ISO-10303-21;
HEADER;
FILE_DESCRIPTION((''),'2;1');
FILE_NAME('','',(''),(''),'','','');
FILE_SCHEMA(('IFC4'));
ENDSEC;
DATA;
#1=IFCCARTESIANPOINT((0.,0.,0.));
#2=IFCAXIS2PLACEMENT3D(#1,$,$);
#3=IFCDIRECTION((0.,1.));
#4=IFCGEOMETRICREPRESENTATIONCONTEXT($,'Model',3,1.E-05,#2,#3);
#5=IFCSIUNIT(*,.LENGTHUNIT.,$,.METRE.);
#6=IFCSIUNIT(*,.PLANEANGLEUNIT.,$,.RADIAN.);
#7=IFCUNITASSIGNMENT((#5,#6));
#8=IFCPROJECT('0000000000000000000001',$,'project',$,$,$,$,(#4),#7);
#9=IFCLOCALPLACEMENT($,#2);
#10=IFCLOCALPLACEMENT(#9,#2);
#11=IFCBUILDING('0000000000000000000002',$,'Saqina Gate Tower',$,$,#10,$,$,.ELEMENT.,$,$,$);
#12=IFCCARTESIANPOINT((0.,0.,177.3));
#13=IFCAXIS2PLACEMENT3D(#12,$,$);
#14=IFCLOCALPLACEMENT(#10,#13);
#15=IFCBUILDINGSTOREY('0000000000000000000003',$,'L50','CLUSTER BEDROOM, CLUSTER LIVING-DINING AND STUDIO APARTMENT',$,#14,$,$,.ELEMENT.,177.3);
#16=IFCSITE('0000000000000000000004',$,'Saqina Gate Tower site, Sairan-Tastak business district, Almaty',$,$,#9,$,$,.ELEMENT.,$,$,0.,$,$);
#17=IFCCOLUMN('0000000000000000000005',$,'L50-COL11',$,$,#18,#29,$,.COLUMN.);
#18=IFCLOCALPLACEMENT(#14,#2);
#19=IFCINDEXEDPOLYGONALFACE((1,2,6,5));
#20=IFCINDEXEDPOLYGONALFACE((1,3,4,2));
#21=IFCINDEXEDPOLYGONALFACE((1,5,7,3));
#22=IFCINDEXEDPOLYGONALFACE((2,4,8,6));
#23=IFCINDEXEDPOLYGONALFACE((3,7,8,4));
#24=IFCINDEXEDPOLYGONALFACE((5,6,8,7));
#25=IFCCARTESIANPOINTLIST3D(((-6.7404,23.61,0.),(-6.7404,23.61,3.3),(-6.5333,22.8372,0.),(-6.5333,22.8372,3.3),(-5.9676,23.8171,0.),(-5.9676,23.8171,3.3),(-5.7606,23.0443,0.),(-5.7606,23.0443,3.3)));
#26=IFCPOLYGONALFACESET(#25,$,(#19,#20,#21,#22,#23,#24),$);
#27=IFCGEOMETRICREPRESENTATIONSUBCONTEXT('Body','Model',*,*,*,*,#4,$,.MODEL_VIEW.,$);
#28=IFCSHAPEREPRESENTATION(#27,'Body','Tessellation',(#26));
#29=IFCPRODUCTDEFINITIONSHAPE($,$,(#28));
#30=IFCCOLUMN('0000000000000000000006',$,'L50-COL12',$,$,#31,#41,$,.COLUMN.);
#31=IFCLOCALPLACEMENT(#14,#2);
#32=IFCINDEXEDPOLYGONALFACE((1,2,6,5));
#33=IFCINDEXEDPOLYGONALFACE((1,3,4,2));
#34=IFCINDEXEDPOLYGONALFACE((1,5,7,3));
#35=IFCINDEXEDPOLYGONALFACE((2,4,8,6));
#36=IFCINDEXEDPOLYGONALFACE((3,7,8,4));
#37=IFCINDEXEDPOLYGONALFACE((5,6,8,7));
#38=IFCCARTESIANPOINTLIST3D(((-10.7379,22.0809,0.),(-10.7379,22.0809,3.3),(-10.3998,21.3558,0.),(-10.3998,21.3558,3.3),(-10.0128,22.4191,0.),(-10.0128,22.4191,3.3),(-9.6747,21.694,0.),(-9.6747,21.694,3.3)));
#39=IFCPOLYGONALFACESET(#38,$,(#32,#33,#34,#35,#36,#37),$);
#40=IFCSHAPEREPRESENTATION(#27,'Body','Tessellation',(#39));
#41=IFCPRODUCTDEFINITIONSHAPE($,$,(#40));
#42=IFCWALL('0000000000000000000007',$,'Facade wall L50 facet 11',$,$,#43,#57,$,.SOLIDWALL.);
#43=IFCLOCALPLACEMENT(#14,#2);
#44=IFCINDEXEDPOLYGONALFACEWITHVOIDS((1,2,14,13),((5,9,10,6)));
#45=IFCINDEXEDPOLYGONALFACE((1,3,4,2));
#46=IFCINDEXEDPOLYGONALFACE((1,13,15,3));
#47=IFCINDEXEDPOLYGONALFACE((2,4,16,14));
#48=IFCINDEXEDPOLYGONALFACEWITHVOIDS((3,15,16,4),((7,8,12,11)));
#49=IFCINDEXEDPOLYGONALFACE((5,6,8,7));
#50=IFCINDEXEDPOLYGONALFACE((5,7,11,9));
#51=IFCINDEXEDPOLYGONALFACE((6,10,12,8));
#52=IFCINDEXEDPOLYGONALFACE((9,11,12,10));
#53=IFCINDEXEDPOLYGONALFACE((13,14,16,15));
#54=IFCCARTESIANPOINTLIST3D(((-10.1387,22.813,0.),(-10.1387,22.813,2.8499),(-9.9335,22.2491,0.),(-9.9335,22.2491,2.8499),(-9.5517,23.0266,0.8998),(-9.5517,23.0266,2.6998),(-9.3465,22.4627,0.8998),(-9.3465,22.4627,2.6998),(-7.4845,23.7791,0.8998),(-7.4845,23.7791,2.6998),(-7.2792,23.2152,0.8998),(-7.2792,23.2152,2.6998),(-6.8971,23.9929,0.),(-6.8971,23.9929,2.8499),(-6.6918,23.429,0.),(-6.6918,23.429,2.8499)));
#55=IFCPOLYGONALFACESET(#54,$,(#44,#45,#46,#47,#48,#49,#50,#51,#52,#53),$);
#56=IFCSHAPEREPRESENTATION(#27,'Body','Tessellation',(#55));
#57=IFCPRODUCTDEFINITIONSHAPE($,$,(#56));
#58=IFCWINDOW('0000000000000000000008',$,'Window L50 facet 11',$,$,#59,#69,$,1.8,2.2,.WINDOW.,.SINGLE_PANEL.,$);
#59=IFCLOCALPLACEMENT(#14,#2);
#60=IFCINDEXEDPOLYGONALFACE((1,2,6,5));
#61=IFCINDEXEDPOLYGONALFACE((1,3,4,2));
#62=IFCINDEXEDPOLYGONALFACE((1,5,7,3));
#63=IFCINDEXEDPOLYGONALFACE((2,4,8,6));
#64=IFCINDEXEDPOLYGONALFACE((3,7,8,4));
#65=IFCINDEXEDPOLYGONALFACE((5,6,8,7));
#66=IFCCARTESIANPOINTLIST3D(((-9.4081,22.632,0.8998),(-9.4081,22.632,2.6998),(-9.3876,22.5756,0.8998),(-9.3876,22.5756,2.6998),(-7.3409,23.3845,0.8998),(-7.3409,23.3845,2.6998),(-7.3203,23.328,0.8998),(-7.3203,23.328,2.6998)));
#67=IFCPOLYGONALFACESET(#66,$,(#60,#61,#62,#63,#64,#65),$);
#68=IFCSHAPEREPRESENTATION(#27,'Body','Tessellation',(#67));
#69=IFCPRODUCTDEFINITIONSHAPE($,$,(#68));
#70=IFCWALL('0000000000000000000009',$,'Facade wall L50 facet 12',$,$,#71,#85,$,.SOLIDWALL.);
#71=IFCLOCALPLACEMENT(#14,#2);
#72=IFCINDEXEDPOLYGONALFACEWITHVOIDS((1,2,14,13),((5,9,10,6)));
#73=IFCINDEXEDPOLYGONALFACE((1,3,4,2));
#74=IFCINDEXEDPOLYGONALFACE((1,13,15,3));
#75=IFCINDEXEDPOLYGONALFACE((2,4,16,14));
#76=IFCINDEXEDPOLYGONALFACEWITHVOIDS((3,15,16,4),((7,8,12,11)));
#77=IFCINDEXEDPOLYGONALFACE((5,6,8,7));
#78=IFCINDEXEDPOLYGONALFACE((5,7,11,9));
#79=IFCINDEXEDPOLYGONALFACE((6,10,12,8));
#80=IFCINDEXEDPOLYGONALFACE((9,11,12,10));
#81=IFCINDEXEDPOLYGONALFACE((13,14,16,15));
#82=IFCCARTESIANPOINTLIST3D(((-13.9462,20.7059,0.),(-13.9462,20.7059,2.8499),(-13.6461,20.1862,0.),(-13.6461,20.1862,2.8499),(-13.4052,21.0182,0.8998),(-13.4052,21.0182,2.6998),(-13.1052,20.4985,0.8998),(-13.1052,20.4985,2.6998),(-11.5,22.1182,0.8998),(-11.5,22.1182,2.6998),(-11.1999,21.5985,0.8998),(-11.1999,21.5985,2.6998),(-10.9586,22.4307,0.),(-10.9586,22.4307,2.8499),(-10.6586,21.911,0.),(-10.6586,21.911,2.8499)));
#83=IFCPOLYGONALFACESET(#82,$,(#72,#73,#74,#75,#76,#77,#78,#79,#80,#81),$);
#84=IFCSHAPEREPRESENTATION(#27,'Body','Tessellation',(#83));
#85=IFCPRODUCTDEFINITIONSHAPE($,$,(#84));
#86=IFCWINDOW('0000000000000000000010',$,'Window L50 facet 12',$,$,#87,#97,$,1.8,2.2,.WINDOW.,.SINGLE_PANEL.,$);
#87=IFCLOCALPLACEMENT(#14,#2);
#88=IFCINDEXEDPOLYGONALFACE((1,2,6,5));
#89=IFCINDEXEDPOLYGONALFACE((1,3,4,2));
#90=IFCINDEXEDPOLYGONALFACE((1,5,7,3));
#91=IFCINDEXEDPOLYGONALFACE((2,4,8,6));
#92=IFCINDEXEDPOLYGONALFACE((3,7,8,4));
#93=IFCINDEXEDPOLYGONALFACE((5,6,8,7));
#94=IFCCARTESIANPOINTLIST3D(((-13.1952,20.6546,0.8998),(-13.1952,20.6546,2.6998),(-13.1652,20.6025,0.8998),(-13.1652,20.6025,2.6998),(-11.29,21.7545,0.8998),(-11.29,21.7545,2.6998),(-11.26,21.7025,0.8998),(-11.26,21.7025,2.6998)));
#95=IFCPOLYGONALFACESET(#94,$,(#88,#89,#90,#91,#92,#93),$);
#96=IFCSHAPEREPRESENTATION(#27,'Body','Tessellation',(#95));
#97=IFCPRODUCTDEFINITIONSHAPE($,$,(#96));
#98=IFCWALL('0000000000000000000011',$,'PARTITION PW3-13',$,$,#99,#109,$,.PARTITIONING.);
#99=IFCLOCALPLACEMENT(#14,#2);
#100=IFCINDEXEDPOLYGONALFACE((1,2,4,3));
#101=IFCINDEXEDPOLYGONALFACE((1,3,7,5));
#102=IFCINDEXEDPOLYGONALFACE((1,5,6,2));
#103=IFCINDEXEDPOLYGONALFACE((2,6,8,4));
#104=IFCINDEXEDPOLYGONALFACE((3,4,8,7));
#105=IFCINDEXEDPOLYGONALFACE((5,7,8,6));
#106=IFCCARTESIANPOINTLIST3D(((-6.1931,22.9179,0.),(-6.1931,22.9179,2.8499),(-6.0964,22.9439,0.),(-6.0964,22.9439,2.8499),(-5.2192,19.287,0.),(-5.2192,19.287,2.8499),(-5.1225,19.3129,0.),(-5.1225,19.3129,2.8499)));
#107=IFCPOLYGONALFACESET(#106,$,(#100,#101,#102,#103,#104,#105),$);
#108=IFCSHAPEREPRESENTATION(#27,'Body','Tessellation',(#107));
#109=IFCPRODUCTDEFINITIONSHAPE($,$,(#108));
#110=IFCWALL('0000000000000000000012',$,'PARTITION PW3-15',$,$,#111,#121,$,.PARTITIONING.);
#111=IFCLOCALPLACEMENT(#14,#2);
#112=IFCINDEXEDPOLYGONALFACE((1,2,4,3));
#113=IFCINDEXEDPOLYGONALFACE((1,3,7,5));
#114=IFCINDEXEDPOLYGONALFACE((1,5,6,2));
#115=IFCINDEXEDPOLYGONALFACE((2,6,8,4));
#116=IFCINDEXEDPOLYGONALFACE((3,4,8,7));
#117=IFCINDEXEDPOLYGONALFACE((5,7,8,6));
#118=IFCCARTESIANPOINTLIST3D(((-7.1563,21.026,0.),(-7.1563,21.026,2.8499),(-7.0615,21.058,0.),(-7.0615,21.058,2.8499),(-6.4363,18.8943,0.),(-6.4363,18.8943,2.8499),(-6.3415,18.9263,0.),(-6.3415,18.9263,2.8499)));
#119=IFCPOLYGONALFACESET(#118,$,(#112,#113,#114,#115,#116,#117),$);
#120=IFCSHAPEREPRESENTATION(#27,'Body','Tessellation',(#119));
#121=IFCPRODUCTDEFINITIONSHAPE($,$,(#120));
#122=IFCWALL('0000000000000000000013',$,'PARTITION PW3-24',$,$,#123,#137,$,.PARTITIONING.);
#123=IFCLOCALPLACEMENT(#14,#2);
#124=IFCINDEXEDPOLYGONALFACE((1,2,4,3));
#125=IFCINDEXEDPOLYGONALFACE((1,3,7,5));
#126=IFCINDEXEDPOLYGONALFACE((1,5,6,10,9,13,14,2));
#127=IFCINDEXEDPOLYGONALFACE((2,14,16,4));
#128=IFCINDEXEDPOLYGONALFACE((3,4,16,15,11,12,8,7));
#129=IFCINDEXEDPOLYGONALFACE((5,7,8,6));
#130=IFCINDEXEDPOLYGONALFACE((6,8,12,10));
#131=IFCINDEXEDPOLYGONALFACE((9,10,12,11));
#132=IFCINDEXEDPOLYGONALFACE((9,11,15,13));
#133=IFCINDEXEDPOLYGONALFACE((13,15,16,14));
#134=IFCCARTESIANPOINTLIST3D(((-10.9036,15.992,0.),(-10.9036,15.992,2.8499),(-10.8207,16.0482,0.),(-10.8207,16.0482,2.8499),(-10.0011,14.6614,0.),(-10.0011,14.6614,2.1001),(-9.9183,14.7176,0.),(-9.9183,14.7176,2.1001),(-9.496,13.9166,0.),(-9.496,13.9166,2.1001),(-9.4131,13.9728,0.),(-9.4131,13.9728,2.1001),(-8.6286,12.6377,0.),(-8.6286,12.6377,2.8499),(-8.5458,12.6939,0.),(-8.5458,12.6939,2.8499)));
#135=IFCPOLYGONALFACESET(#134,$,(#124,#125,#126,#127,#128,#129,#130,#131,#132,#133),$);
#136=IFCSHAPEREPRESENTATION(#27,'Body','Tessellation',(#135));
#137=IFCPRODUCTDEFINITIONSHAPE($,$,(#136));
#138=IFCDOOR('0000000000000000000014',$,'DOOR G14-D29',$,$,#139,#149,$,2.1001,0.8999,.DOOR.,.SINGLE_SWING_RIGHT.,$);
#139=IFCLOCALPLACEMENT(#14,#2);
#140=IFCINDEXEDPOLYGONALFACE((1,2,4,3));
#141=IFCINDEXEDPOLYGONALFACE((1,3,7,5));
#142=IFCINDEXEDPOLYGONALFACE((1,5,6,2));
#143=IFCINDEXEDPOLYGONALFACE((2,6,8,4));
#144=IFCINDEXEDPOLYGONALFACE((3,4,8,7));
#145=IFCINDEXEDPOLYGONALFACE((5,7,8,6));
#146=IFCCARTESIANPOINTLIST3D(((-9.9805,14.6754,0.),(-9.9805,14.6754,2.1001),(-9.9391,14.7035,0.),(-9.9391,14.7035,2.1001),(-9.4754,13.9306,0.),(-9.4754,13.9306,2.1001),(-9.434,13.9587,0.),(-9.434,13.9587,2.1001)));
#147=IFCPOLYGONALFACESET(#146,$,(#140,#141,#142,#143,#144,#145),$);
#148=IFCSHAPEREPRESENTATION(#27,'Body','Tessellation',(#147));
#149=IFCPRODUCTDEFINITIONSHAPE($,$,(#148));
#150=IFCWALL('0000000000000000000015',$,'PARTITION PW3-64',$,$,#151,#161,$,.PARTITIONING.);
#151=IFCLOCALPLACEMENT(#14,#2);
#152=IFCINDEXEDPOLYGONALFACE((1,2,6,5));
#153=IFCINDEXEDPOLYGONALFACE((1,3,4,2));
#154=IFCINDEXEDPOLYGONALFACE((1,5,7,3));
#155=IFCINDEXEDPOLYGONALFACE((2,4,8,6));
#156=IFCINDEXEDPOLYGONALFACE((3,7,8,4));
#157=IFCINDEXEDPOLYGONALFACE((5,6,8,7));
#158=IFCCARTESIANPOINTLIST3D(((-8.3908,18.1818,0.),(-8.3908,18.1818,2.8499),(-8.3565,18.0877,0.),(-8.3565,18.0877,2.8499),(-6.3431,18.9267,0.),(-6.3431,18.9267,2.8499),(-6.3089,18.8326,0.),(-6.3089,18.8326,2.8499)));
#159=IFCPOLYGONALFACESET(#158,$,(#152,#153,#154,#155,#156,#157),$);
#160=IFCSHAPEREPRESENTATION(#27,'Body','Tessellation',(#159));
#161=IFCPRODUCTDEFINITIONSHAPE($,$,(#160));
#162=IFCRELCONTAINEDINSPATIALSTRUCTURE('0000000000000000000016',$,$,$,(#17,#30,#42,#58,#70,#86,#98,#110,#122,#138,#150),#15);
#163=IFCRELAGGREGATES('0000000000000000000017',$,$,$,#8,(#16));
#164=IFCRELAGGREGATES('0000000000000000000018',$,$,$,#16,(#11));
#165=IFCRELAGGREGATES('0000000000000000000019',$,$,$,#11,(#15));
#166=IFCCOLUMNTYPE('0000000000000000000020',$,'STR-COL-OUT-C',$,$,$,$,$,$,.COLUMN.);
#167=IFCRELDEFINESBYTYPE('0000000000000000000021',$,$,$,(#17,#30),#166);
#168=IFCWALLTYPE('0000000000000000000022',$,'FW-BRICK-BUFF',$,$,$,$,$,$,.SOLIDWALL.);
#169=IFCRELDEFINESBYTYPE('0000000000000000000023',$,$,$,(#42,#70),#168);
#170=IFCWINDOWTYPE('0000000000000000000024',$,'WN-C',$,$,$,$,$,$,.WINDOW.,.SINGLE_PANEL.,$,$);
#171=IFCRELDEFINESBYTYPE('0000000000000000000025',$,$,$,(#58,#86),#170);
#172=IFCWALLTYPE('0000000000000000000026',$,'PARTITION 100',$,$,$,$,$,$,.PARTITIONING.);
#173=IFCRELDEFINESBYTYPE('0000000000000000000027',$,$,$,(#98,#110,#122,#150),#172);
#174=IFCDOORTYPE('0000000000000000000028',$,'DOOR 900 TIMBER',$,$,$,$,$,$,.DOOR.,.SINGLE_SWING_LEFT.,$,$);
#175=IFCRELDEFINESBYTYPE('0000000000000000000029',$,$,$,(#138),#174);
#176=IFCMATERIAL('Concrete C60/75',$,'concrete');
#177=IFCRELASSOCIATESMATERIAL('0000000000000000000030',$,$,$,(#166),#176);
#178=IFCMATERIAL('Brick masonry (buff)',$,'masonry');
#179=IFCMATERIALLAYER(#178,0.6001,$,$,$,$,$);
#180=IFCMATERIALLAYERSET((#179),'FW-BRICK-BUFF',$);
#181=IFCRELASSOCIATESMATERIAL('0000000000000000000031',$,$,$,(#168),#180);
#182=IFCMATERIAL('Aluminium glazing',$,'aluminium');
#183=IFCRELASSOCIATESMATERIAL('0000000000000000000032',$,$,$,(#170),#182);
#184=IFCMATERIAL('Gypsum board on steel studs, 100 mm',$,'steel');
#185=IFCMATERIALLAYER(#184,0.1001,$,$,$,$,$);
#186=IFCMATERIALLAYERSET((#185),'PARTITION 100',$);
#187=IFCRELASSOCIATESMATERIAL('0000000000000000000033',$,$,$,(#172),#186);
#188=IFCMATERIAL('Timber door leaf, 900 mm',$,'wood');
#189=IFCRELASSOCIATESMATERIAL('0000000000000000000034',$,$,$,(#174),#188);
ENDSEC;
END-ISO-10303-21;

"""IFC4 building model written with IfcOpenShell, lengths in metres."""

from ifc_helpers import new_model, si_unit, direction, frame, frame_2d, origin, origin_2d, place, context, subcontext, project, spatial, rectangle, extrude, material, layer, layer_set, material_profile, profile_set, type_object, element, fill, save


model = new_model("IFC4")

# Units and contexts
model_context = context("Model", 3, precision=1e-05, world=origin(), true_north=direction((0.0, 1.0)))
body_context = subcontext(model_context, "Body", "Model", "MODEL_VIEW")
ifc_project = project(units=[si_unit("LENGTHUNIT", "METRE"), si_unit("PLANEANGLEUNIT", "RADIAN")], contexts=[model_context])

# Site, building, storey
site_placement = place(None, origin())
site = spatial("IfcSite", under=ifc_project, at=site_placement, Name="Saqina Gate Tower site, Sairan-Tastak business district, Almaty", CompositionType="ELEMENT", RefElevation=0.0)
building_placement = place(site_placement, origin())
building = spatial("IfcBuilding", under=site, at=building_placement, Name="Saqina Gate Tower", CompositionType="ELEMENT")
storey_placement = place(building_placement, frame((0.0, 0.0, 177.3)))
storey = spatial("IfcBuildingStorey", under=building, at=storey_placement, Name="L50", Description="CLUSTER BEDROOM, CLUSTER LIVING-DINING AND STUDIO APARTMENT", CompositionType="ELEMENT", Elevation=177.3)

# Columns
ifc_material_1 = material(Name="Concrete C60/75", Category="concrete")
ifc_material_profile = material_profile(ifc_material_1, rectangle(XDim=0.8, YDim=0.8, at=origin_2d()), Name="RC 800x800")
ifc_profile_set = profile_set([ifc_material_profile], Name="Concrete C60/75")
column_type = type_object("IfcColumnType", Name="STR-COL-OUT-C", PredefinedType="COLUMN", material=ifc_profile_set)
for number, where, z_axis, x_axis, name in (
    (1, (-6.2505, 23.3271, 0.0), (0.0, 0.0, 1.0), (-0.258819, 0.965926, 0.0), "L50-COL11"),
    (2, (-10.2063, 21.8875, 0.0), (0.0, 0.0, 1.0), (-0.422618, 0.906308, 0.0), "L50-COL12"),
):
    element("IfcColumn", number, at=place(storey_placement, frame(where, z_axis=z_axis, x_axis=x_axis)), inside=storey, type_object=column_type, Name=name, PredefinedType="COLUMN", context=body_context, shape_type="SweptSolid", body=[
        extrude(rectangle(XDim=0.8, YDim=0.8, at=origin_2d()), origin(), (0.0, 0.0, 1.0), 3.3),
    ])

# Walls, openings, windows
ifc_material_2 = material(Name="Brick masonry (buff)", Category="masonry")
ifc_layer_1 = layer(ifc_material_2, 0.6001)
ifc_layer_set_1 = layer_set([ifc_layer_1], Name="FW-BRICK-BUFF")
wall_type_1 = type_object("IfcWallType", Name="FW-BRICK-BUFF", PredefinedType="SOLIDWALL", material=ifc_layer_set_1)
wall_1_placement = place(storey_placement, frame((-6.7944, 23.7109, 0.0), z_axis=(0.0, 0.0, 1.0), x_axis=(-0.939688, -0.342033, 0.0)))
wall_1 = element("IfcWall", 3, at=wall_1_placement, inside=storey, type_object=wall_type_1, Name="Facade wall L50 facet 11", PredefinedType="SOLIDWALL", context=body_context, shape_type="SweptSolid", body=[
    extrude(rectangle(XDim=3.4497, YDim=0.6001, at=frame_2d((1.7249, 0.0))), origin(), (0.0, 0.0, 1.0), 2.8499),
])
opening_1_placement = place(wall_1_placement, frame((0.625, 0.0, 0.8999)))
opening_1 = element("IfcOpeningElement", 4, at=opening_1_placement, cuts=wall_1, PredefinedType="OPENING", context=body_context, shape_type="SweptSolid", body=[
    extrude(rectangle(XDim=2.2, YDim=1.8, at=frame_2d((1.1001, 0.8999))), frame((0.0, 0.312, 0.0), z_axis=(0.0, -1.0, 0.0), x_axis=(1.0, 0.0, 0.0)), (0.0, 0.0, 1.0), 0.624),
])
ifc_material_3 = material(Name="Aluminium glazing", Category="aluminium")
window_type = type_object("IfcWindowType", Name="WN-C", PartitioningType="SINGLE_PANEL", PredefinedType="WINDOW", material=ifc_material_3)
window_1_placement = place(opening_1_placement, origin())
window_1 = element("IfcWindow", 5, at=window_1_placement, inside=storey, type_object=window_type, Name="Window L50 facet 11", OverallHeight=1.8, OverallWidth=2.2, PartitioningType="SINGLE_PANEL", PredefinedType="WINDOW", context=body_context, shape_type="SweptSolid", body=[
    extrude(rectangle(XDim=2.2, YDim=1.8, at=frame_2d((1.1001, 0.8999))), frame((0.0, 0.1799, 0.0), z_axis=(0.0, -1.0, 0.0), x_axis=(1.0, 0.0, 0.0)), (0.0, 0.0, 1.0), 0.0601),
])
fill(opening_1, window_1)
wall_2_placement = place(storey_placement, frame((-10.8086, 22.1709, 0.0), z_axis=(0.0, 0.0, 1.0), x_axis=(-0.866026, -0.499998, 0.0)))
wall_2 = element("IfcWall", 6, at=wall_2_placement, inside=storey, type_object=wall_type_1, Name="Facade wall L50 facet 12", PredefinedType="SOLIDWALL", context=body_context, shape_type="SweptSolid", body=[
    extrude(rectangle(XDim=3.4497, YDim=0.6001, at=frame_2d((1.7249, 0.0))), origin(), (0.0, 0.0, 1.0), 2.8499),
])
opening_2_placement = place(wall_2_placement, frame((0.625, 0.0, 0.8999)))
opening_2 = element("IfcOpeningElement", 7, at=opening_2_placement, cuts=wall_2, PredefinedType="OPENING", context=body_context, shape_type="SweptSolid", body=[
    extrude(rectangle(XDim=2.2, YDim=1.8, at=frame_2d((1.1001, 0.8999))), frame((0.0, 0.312, 0.0), z_axis=(0.0, -1.0, 0.0), x_axis=(1.0, 0.0, 0.0)), (0.0, 0.0, 1.0), 0.624),
])
window_2_placement = place(opening_2_placement, origin())
window_2 = element("IfcWindow", 8, at=window_2_placement, inside=storey, type_object=window_type, Name="Window L50 facet 12", OverallHeight=1.8, OverallWidth=2.2, PartitioningType="SINGLE_PANEL", PredefinedType="WINDOW", context=body_context, shape_type="SweptSolid", body=[
    extrude(rectangle(XDim=2.2, YDim=1.8, at=frame_2d((1.1001, 0.8999))), frame((0.0, 0.1799, 0.0), z_axis=(0.0, -1.0, 0.0), x_axis=(1.0, 0.0, 0.0)), (0.0, 0.0, 1.0), 0.0601),
])
fill(opening_2, window_2)

# Walls
ifc_material_4 = material(Name="Gypsum board on steel studs, 100 mm", Category="steel")
ifc_layer_2 = layer(ifc_material_4, 0.1001)
ifc_layer_set_2 = layer_set([ifc_layer_2], Name="PARTITION 100")
wall_type_2 = type_object("IfcWallType", Name="PARTITION 100", PredefinedType="PARTITIONING", material=ifc_layer_set_2)
wall_3_placement = place(storey_placement, frame((-6.1448, 22.9309, 0.0), z_axis=(0.0, 0.0, 1.0), x_axis=(0.259065, -0.96586, 0.0)))
element("IfcWall", 9, at=wall_3_placement, inside=storey, type_object=wall_type_2, Name="PARTITION PW3-13", PredefinedType="PARTITIONING", context=body_context, shape_type="SweptSolid", body=[
    extrude(rectangle(XDim=3.7593, YDim=0.1001, at=frame_2d((1.8796, 0.0))), origin(), (0.0, 0.0, 1.0), 2.8499),
])
wall_4_placement = place(storey_placement, frame((-7.1089, 21.042, 0.0), z_axis=(0.0, 0.0, 1.0), x_axis=(0.320001, -0.947417, 0.0)))
element("IfcWall", 10, at=wall_4_placement, inside=storey, type_object=wall_type_2, Name="PARTITION PW3-15", PredefinedType="PARTITIONING", context=body_context, shape_type="SweptSolid", body=[
    extrude(rectangle(XDim=2.25, YDim=0.1001, at=frame_2d((1.125, 0.0))), origin(), (0.0, 0.0, 1.0), 2.8499),
])

# Wall, opening, door
wall_5_placement = place(storey_placement, frame((-10.8621, 16.02, 0.0), z_axis=(0.0, 0.0, 1.0), x_axis=(0.5613, -0.827613, 0.0)))
wall_5 = element("IfcWall", 11, at=wall_5_placement, inside=storey, type_object=wall_type_2, Name="PARTITION PW3-24", PredefinedType="PARTITIONING", context=body_context, shape_type="SweptSolid", body=[
    extrude(rectangle(XDim=4.053, YDim=0.1001, at=frame_2d((2.0264, 0.0))), origin(), (0.0, 0.0, 1.0), 2.8499),
])
opening_3_placement = place(wall_5_placement, frame((1.6077, 0.0, 0.0)))
opening_3 = element("IfcOpeningElement", 12, at=opening_3_placement, cuts=wall_5, PredefinedType="OPENING", context=body_context, shape_type="SweptSolid", body=[
    extrude(rectangle(XDim=0.8999, YDim=2.1001, at=frame_2d((0.45, 1.05))), frame((0.0, 0.062, 0.0), z_axis=(0.0, -1.0, 0.0), x_axis=(1.0, 0.0, 0.0)), (0.0, 0.0, 1.0), 0.124),
])
ifc_material_5 = material(Name="Timber door leaf, 900 mm", Category="wood")
door_type_1 = type_object("IfcDoorType", Name="DOOR 900 TIMBER", OperationType="SINGLE_SWING_LEFT", PredefinedType="DOOR", material=ifc_material_5)
door_1_placement = place(opening_3_placement, origin())
door_1 = element("IfcDoor", 13, at=door_1_placement, inside=storey, type_object=door_type_1, Name="DOOR G14-D29", OperationType="SINGLE_SWING_RIGHT", OverallHeight=2.1001, OverallWidth=0.8999, PredefinedType="DOOR", context=body_context, shape_type="SweptSolid", body=[
    extrude(rectangle(XDim=0.8999, YDim=2.1001, at=frame_2d((0.45, 1.05))), frame((0.0, 0.0249, 0.0), z_axis=(0.0, -1.0, 0.0), x_axis=(1.0, 0.0, 0.0)), (0.0, 0.0, 1.0), 0.05),
])
fill(opening_3, door_1)

# Wall
wall_6_placement = place(storey_placement, frame((-8.3735, 18.1348, 0.0), z_axis=(0.0, 0.0, 1.0), x_axis=(0.939751, 0.34186, 0.0)))
element("IfcWall", 14, at=wall_6_placement, inside=storey, type_object=wall_type_2, Name="PARTITION PW3-64", PredefinedType="PARTITIONING", context=body_context, shape_type="SweptSolid", body=[
    extrude(rectangle(XDim=2.179, YDim=0.1001, at=frame_2d((1.0894, 0.0))), origin(), (0.0, 0.0, 1.0), 2.8499),
])

save(model, "model.ifc")
